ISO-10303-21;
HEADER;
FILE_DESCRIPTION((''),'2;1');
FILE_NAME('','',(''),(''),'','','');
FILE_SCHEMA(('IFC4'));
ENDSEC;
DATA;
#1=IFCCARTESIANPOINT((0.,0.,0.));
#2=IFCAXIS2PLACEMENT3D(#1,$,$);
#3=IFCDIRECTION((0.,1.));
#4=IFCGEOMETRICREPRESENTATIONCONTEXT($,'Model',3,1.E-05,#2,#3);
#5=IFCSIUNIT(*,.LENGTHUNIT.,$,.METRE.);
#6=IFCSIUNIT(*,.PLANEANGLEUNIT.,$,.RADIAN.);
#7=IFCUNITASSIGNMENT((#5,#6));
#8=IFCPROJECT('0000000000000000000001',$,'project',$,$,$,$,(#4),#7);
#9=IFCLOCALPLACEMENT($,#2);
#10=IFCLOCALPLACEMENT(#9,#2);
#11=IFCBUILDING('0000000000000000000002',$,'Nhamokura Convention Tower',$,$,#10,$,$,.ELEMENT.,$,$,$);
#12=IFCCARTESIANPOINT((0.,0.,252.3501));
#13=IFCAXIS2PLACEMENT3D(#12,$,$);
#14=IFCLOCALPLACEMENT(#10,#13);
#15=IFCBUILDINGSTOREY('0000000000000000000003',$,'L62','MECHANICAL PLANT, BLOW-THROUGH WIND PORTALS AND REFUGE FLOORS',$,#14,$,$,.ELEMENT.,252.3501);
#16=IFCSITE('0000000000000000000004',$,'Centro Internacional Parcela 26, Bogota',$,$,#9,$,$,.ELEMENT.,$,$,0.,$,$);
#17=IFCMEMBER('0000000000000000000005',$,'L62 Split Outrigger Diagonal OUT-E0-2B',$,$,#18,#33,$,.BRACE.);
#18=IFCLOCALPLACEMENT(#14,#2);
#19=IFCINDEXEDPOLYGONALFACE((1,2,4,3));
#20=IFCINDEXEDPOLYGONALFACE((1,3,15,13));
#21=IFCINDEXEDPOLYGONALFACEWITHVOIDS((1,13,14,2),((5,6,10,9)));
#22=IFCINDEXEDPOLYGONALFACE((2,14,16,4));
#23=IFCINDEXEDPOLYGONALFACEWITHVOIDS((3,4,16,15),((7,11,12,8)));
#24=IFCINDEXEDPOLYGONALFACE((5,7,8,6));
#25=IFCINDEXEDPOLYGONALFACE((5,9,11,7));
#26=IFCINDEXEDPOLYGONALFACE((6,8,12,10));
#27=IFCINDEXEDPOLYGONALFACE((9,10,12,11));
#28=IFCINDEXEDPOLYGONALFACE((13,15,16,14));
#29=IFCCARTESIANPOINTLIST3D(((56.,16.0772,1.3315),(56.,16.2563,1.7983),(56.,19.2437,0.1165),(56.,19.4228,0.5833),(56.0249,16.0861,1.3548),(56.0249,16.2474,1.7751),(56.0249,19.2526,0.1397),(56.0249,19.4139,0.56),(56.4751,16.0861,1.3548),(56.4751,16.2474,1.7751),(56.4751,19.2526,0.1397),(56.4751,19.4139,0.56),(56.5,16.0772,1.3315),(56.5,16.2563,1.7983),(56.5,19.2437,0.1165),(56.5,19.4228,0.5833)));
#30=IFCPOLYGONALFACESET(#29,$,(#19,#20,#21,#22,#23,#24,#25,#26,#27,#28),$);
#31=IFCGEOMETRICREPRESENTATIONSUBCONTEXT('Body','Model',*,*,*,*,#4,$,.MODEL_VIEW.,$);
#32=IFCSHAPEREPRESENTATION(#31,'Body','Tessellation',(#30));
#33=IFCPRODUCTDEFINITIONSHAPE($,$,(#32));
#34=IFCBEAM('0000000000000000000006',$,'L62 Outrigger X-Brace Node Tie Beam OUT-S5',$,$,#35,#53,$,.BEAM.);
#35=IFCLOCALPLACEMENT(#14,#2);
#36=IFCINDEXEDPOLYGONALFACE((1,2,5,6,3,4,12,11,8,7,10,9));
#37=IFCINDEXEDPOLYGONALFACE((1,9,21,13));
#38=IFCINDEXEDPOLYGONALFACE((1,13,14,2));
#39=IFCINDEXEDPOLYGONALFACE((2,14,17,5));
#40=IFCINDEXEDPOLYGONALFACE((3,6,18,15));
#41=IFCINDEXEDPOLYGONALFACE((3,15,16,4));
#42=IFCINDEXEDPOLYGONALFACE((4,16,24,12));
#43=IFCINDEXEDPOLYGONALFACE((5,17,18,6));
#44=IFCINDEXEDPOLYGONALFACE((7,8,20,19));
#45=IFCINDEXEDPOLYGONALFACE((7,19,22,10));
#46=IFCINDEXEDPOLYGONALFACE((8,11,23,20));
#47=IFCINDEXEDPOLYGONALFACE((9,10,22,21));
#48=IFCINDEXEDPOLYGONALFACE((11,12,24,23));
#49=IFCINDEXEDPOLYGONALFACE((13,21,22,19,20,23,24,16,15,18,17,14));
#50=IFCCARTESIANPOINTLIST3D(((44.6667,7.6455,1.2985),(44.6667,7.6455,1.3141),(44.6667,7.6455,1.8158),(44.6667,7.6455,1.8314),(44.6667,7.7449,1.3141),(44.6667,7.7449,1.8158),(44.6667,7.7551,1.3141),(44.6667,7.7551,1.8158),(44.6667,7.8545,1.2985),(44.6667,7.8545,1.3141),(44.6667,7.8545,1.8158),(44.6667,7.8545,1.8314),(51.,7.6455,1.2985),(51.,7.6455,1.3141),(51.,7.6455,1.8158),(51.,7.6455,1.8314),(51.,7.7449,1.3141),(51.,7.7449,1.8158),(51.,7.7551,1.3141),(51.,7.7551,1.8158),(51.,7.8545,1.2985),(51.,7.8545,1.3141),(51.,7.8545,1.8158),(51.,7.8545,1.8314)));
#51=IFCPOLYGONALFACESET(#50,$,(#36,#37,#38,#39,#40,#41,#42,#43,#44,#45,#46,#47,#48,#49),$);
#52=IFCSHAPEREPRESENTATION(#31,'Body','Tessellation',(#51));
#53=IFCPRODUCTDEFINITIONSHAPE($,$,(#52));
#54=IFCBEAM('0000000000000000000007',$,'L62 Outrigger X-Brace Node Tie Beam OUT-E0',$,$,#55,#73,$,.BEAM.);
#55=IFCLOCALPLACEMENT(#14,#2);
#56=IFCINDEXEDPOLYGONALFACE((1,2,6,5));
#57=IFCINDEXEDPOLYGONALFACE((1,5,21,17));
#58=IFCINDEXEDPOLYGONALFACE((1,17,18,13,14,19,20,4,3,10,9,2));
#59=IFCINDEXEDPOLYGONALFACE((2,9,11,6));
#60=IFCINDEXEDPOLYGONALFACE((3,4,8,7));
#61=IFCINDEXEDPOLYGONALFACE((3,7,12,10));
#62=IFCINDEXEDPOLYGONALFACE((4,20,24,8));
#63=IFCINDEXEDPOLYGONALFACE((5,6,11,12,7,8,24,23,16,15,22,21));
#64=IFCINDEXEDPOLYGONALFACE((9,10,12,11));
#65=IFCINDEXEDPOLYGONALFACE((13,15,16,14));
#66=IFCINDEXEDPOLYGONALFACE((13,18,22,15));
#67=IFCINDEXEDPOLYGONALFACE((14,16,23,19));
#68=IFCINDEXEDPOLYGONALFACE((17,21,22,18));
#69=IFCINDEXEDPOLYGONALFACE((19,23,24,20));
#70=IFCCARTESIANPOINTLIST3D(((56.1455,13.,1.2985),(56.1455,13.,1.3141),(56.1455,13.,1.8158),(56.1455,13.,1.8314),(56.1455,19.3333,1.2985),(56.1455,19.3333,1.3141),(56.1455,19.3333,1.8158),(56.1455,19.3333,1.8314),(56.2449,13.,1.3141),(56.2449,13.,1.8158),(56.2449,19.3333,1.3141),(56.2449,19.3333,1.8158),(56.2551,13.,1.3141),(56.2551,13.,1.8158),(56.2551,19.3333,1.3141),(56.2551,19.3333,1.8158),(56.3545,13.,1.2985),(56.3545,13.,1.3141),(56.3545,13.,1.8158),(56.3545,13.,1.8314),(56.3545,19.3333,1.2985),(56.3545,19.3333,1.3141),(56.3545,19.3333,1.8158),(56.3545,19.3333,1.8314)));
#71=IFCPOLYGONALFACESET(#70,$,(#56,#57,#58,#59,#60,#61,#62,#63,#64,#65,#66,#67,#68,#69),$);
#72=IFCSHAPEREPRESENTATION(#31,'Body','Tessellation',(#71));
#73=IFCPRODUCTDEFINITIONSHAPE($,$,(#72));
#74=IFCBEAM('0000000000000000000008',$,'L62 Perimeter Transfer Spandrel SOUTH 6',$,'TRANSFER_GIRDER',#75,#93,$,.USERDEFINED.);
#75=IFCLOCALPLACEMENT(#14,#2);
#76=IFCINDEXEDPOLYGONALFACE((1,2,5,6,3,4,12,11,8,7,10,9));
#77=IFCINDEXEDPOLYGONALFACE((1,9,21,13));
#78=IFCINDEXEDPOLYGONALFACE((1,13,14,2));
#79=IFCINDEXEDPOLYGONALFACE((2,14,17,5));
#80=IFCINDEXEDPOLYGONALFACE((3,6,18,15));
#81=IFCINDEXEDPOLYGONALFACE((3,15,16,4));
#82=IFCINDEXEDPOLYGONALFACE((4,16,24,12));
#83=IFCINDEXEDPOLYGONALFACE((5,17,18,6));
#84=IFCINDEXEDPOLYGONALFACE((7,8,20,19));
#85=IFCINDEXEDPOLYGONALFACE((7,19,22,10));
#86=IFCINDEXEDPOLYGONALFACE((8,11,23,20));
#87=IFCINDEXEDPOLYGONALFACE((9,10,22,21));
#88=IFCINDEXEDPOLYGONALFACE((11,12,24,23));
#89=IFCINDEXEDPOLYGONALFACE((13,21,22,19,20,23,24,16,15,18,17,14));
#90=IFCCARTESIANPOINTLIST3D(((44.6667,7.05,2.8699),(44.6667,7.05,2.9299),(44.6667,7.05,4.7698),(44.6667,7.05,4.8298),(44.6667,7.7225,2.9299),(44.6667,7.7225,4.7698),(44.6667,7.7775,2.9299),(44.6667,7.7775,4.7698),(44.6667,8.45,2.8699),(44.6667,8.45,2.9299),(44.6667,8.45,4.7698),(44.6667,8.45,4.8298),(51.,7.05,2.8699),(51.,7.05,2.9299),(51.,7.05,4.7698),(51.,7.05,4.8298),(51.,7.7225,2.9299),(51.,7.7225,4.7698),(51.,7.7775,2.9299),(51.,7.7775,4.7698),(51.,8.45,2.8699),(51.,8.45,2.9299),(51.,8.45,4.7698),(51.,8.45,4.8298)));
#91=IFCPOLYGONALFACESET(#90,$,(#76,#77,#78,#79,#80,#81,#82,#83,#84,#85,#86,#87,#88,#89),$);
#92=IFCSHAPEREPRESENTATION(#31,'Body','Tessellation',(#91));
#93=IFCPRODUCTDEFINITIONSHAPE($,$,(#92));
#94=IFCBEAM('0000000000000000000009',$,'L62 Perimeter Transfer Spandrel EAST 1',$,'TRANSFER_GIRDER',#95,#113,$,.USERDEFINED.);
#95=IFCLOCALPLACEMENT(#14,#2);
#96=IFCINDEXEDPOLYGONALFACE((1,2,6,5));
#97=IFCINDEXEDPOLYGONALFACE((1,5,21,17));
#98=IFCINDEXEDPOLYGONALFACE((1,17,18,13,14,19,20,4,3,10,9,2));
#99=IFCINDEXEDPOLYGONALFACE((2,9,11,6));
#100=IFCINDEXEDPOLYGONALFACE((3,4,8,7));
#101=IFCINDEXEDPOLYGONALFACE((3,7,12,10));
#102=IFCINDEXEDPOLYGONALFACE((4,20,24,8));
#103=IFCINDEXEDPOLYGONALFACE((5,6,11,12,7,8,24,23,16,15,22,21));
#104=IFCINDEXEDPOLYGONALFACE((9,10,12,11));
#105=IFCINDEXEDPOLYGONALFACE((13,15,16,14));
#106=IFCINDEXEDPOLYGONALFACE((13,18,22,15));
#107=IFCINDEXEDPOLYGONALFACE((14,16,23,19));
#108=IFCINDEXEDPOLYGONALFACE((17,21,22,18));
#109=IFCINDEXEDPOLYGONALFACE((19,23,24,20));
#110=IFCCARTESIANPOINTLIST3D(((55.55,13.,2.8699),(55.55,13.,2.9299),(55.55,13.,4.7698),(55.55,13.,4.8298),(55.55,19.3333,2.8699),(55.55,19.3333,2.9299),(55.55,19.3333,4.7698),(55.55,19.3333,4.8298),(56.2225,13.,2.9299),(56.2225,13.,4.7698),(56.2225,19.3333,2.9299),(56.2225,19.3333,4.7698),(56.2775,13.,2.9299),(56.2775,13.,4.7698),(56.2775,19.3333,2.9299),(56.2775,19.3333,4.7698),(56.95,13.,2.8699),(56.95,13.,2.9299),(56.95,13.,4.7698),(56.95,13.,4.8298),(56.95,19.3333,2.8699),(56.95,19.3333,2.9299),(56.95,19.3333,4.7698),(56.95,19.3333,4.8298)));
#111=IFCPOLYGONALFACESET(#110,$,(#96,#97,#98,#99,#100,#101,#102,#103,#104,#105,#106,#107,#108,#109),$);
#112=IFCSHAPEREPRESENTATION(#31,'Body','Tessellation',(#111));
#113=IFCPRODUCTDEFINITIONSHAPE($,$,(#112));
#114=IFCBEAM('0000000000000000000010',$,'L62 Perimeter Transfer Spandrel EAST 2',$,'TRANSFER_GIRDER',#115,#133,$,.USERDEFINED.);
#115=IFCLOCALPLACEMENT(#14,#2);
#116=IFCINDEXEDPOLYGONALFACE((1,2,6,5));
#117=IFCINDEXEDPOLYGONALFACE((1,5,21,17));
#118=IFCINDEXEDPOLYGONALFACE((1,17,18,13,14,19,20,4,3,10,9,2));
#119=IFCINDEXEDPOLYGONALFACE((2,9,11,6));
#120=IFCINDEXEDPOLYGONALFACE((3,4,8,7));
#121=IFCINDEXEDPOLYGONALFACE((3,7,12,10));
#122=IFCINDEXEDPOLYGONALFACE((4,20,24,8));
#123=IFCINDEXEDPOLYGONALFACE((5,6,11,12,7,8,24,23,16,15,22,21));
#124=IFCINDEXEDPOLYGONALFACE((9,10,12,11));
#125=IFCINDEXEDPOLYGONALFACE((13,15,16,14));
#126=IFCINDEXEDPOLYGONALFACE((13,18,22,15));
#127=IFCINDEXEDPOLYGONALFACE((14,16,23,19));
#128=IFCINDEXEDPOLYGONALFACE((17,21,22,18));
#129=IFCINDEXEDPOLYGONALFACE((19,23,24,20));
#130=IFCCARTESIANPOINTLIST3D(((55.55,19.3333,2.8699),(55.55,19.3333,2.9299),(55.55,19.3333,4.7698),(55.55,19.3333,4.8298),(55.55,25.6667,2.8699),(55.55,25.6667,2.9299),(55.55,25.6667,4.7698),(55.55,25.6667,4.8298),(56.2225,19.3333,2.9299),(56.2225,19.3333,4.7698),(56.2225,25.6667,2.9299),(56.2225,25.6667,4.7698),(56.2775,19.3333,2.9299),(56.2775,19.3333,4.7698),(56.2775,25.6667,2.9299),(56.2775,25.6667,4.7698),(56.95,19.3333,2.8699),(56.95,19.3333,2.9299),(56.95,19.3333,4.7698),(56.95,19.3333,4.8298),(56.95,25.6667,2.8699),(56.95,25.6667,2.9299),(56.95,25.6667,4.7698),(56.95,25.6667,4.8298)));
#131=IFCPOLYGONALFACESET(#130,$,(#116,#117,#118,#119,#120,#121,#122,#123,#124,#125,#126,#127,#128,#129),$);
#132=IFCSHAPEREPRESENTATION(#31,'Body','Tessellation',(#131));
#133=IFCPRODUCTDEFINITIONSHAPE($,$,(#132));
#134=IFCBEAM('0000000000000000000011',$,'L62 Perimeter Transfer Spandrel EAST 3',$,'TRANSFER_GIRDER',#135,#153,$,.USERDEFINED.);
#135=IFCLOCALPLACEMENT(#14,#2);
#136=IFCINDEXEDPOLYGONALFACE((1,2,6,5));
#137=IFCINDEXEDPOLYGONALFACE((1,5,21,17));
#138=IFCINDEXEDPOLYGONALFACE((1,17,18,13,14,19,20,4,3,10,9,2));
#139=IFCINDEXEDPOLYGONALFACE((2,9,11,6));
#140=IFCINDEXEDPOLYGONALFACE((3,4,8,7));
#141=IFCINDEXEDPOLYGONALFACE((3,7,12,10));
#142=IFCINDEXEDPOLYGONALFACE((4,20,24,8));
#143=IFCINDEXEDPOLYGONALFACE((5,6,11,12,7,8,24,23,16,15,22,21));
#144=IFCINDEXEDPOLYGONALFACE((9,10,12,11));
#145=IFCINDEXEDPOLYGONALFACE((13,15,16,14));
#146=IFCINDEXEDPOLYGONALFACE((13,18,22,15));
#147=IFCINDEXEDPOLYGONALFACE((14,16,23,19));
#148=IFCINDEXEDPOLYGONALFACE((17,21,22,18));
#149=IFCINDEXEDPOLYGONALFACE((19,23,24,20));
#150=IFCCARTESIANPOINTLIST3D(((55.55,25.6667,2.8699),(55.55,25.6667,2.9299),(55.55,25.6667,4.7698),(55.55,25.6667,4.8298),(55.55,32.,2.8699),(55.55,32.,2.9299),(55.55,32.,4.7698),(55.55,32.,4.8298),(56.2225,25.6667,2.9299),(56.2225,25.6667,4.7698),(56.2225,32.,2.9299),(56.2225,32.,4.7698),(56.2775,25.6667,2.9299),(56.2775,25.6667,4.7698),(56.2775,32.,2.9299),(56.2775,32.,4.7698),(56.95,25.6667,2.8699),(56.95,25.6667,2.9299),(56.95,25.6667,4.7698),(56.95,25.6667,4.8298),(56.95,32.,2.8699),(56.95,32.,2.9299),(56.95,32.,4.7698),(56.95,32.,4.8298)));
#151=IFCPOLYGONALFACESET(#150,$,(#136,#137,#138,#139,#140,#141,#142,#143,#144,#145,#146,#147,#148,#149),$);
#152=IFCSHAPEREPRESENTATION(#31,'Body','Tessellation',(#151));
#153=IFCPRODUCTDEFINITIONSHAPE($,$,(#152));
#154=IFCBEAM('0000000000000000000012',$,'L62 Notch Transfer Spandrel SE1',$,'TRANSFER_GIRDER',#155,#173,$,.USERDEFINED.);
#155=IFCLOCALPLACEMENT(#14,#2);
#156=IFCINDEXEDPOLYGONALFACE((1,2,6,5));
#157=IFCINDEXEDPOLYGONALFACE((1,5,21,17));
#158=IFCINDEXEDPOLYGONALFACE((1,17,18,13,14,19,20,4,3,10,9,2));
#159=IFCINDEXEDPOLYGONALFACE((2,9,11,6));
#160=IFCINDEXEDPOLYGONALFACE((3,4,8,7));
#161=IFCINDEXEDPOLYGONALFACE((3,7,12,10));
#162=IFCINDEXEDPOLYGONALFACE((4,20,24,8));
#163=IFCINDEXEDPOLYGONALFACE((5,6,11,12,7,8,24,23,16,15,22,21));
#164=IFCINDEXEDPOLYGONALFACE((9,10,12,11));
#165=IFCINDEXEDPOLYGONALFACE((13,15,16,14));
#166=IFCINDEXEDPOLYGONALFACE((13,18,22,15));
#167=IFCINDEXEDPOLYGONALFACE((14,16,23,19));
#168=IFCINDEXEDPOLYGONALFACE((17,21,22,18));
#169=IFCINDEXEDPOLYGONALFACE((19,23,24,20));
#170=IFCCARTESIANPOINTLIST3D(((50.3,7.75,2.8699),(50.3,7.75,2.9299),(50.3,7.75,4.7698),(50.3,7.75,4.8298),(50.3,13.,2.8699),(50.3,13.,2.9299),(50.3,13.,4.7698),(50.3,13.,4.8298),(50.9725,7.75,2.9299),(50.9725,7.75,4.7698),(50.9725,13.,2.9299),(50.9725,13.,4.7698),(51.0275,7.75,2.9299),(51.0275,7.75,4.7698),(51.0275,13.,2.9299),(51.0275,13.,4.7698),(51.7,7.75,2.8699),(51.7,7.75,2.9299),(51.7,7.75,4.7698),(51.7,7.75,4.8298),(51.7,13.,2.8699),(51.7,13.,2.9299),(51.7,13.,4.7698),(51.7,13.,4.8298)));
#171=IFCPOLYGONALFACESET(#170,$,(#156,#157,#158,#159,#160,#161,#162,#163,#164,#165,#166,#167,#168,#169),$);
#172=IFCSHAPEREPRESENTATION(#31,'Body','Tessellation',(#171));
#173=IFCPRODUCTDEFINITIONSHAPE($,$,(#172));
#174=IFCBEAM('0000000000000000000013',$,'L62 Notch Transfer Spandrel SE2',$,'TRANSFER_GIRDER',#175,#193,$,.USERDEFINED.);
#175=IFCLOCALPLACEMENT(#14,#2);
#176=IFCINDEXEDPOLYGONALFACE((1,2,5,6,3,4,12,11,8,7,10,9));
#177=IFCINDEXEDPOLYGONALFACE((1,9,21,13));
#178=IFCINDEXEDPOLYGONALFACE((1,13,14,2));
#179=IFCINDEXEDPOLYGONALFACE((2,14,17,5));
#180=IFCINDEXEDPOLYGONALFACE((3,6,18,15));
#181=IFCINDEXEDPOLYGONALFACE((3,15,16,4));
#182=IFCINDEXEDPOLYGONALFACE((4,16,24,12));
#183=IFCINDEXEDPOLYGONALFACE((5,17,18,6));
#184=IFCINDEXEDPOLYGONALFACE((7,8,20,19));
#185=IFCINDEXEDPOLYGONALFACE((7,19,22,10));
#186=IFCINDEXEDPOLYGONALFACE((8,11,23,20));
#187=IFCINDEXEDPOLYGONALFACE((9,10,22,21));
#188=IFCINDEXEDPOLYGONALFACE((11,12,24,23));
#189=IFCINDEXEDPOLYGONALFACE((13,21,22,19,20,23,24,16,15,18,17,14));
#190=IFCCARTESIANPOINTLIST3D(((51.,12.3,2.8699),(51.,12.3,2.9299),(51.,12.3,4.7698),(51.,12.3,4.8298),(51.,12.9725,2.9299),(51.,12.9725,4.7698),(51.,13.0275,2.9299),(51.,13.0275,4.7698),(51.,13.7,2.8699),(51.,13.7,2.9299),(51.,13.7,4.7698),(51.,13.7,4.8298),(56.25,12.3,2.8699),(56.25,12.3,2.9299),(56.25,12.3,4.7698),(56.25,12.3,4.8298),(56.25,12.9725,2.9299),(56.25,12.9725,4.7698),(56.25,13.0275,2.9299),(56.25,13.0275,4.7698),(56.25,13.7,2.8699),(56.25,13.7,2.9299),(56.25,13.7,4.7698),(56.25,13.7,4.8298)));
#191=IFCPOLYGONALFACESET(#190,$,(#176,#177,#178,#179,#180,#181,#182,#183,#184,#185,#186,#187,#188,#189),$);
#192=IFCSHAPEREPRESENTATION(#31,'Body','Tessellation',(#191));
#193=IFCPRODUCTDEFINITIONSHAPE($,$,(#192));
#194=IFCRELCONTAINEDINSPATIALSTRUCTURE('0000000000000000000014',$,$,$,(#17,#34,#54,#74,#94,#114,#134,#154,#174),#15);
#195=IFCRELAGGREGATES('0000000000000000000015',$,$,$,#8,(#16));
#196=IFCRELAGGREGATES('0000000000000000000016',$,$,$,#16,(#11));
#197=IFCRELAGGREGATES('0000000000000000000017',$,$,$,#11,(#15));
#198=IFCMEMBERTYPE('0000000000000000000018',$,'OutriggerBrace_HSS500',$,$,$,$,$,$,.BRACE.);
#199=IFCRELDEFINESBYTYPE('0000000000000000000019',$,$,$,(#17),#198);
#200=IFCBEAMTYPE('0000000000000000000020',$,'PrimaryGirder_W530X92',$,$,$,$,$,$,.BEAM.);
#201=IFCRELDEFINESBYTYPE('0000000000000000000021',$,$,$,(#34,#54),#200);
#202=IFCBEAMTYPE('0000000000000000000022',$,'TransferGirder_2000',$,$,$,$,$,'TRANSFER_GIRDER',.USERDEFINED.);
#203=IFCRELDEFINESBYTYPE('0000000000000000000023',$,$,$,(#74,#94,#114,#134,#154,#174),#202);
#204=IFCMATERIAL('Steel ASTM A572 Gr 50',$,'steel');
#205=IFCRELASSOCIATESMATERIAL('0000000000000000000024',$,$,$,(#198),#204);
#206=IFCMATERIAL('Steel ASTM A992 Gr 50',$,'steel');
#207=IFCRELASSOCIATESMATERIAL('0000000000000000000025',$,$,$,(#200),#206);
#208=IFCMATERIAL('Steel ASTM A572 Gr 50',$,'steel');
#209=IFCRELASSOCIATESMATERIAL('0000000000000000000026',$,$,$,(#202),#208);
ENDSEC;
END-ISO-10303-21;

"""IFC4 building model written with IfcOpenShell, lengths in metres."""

from ifc_helpers import new_model, si_unit, direction, frame, origin, origin_2d, place, context, subcontext, project, spatial, hollow_rectangle, i_section, extrude, material, material_profile, profile_set, type_object, element, save


model = new_model("IFC4")

# Units and contexts
model_context = context("Model", 3, precision=1e-05, world=origin(), true_north=direction((0.0, 1.0)))
body_context = subcontext(model_context, "Body", "Model", "MODEL_VIEW")
ifc_project = project(units=[si_unit("LENGTHUNIT", "METRE"), si_unit("PLANEANGLEUNIT", "RADIAN")], contexts=[model_context])

# Site, building, storey
site_placement = place(None, origin())
site = spatial("IfcSite", under=ifc_project, at=site_placement, Name="Centro Internacional Parcela 26, Bogota", CompositionType="ELEMENT", RefElevation=0.0)
building_placement = place(site_placement, origin())
building = spatial("IfcBuilding", under=site, at=building_placement, Name="Nhamokura Convention Tower", CompositionType="ELEMENT")
storey_placement = place(building_placement, frame((0.0, 0.0, 252.3501)))
storey = spatial("IfcBuildingStorey", under=building, at=storey_placement, Name="L62", Description="MECHANICAL PLANT, BLOW-THROUGH WIND PORTALS AND REFUGE FLOORS", CompositionType="ELEMENT", Elevation=252.3501)

# Member
ifc_material_1 = material(Name="Steel ASTM A572 Gr 50", Category="steel")
ifc_material_profile_1 = material_profile(ifc_material_1, hollow_rectangle(XDim=0.5, YDim=0.5, WallThickness=0.0249, at=origin_2d()))
ifc_profile_set_1 = profile_set([ifc_material_profile_1], Name="Steel ASTM A572 Gr 50")
member_type = type_object("IfcMemberType", Name="OutriggerBrace_HSS500", PredefinedType="BRACE", material=ifc_profile_set_1)
member_1_placement = place(storey_placement, frame((56.25, 16.1667, 1.5649), z_axis=(0.0, 0.933622, -0.35826), x_axis=(-1.0, 0.0, 0.0)))
element("IfcMember", 1, at=member_1_placement, inside=storey, type_object=member_type, Name="L62 Split Outrigger Diagonal OUT-E0-2B", PredefinedType="BRACE", context=body_context, shape_type="SweptSolid", body=[
    extrude(hollow_rectangle(XDim=0.5, YDim=0.5, WallThickness=0.0249, at=origin_2d()), origin(), (0.0, 0.0, 1.0), 3.3916),
])

# Beams
ifc_material_2 = material(Name="Steel ASTM A992 Gr 50", Category="steel")
ifc_material_profile_2 = material_profile(ifc_material_2, i_section(OverallWidth=0.209, OverallDepth=0.533, WebThickness=0.0103, FlangeThickness=0.0156, at=origin_2d()))
ifc_profile_set_2 = profile_set([ifc_material_profile_2], Name="Steel ASTM A992 Gr 50")
beam_type_1 = type_object("IfcBeamType", Name="PrimaryGirder_W530X92", PredefinedType="BEAM", material=ifc_profile_set_2)
for number, where, z_axis, x_axis, name in (
    (2, (44.6667, 7.75, 1.5649), (1.0, 0.0, 0.0), (0.0, 1.0, 0.0), "L62 Outrigger X-Brace Node Tie Beam OUT-S5"),
    (3, (56.25, 13.0, 1.5649), (0.0, 1.0, 0.0), (-1.0, 0.0, 0.0), "L62 Outrigger X-Brace Node Tie Beam OUT-E0"),
):
    element("IfcBeam", number, at=place(storey_placement, frame(where, z_axis=z_axis, x_axis=x_axis)), inside=storey, type_object=beam_type_1, Name=name, PredefinedType="BEAM", context=body_context, shape_type="SweptSolid", body=[
        extrude(i_section(OverallWidth=0.209, OverallDepth=0.533, WebThickness=0.0103, FlangeThickness=0.0156, at=origin_2d()), origin(), (0.0, 0.0, 1.0), 6.3333),
    ])
ifc_material_3 = material(Name="Steel ASTM A572 Gr 50", Category="steel")
ifc_material_profile_3 = material_profile(ifc_material_3, i_section(OverallWidth=1.3999, OverallDepth=1.96, WebThickness=0.0549, FlangeThickness=0.0601, at=origin_2d()))
ifc_profile_set_3 = profile_set([ifc_material_profile_3], Name="Steel ASTM A572 Gr 50")
beam_type_2 = type_object("IfcBeamType", Name="TransferGirder_2000", ElementType="TRANSFER_GIRDER", PredefinedType="USERDEFINED", material=ifc_profile_set_3)
for number, where, z_axis, x_axis, name in (
    (4, (44.6667, 7.75, 3.8499), (1.0, 0.0, 0.0), (0.0, 1.0, 0.0), "L62 Perimeter Transfer Spandrel SOUTH 6"),
    (5, (56.25, 13.0, 3.8499), (0.0, 1.0, 0.0), (-1.0, 0.0, 0.0), "L62 Perimeter Transfer Spandrel EAST 1"),
):
    element("IfcBeam", number, at=place(storey_placement, frame(where, z_axis=z_axis, x_axis=x_axis)), inside=storey, type_object=beam_type_2, Name=name, ObjectType="TRANSFER_GIRDER", PredefinedType="USERDEFINED", context=body_context, shape_type="SweptSolid", body=[
        extrude(i_section(OverallWidth=1.3999, OverallDepth=1.96, WebThickness=0.0549, FlangeThickness=0.0601, at=origin_2d()), origin(), (0.0, 0.0, 1.0), 6.3333),
    ])
beam_1_placement = place(storey_placement, frame((56.25, 19.3333, 3.8499), z_axis=(0.0, 1.0, 0.0), x_axis=(-1.0, 0.0, 0.0)))
element("IfcBeam", 6, at=beam_1_placement, inside=storey, type_object=beam_type_2, Name="L62 Perimeter Transfer Spandrel EAST 2", ObjectType="TRANSFER_GIRDER", PredefinedType="USERDEFINED", context=body_context, shape_type="SweptSolid", body=[
    extrude(i_section(OverallWidth=1.3999, OverallDepth=1.96, WebThickness=0.0549, FlangeThickness=0.0601, at=origin_2d()), origin(), (0.0, 0.0, 1.0), 6.3335),
])
beam_2_placement = place(storey_placement, frame((56.25, 25.6667, 3.8499), z_axis=(0.0, 1.0, 0.0), x_axis=(-1.0, 0.0, 0.0)))
element("IfcBeam", 7, at=beam_2_placement, inside=storey, type_object=beam_type_2, Name="L62 Perimeter Transfer Spandrel EAST 3", ObjectType="TRANSFER_GIRDER", PredefinedType="USERDEFINED", context=body_context, shape_type="SweptSolid", body=[
    extrude(i_section(OverallWidth=1.3999, OverallDepth=1.96, WebThickness=0.0549, FlangeThickness=0.0601, at=origin_2d()), origin(), (0.0, 0.0, 1.0), 6.3333),
])
for number, where, z_axis, x_axis, name in (
    (8, (51.0, 7.75, 3.8499), (0.0, 1.0, 0.0), (-1.0, 0.0, 0.0), "L62 Notch Transfer Spandrel SE1"),
    (9, (51.0, 13.0, 3.8499), (1.0, 0.0, 0.0), (0.0, 1.0, 0.0), "L62 Notch Transfer Spandrel SE2"),
):
    element("IfcBeam", number, at=place(storey_placement, frame(where, z_axis=z_axis, x_axis=x_axis)), inside=storey, type_object=beam_type_2, Name=name, ObjectType="TRANSFER_GIRDER", PredefinedType="USERDEFINED", context=body_context, shape_type="SweptSolid", body=[
        extrude(i_section(OverallWidth=1.3999, OverallDepth=1.96, WebThickness=0.0549, FlangeThickness=0.0601, at=origin_2d()), origin(), (0.0, 0.0, 1.0), 5.25),
    ])

save(model, "model.ifc")
